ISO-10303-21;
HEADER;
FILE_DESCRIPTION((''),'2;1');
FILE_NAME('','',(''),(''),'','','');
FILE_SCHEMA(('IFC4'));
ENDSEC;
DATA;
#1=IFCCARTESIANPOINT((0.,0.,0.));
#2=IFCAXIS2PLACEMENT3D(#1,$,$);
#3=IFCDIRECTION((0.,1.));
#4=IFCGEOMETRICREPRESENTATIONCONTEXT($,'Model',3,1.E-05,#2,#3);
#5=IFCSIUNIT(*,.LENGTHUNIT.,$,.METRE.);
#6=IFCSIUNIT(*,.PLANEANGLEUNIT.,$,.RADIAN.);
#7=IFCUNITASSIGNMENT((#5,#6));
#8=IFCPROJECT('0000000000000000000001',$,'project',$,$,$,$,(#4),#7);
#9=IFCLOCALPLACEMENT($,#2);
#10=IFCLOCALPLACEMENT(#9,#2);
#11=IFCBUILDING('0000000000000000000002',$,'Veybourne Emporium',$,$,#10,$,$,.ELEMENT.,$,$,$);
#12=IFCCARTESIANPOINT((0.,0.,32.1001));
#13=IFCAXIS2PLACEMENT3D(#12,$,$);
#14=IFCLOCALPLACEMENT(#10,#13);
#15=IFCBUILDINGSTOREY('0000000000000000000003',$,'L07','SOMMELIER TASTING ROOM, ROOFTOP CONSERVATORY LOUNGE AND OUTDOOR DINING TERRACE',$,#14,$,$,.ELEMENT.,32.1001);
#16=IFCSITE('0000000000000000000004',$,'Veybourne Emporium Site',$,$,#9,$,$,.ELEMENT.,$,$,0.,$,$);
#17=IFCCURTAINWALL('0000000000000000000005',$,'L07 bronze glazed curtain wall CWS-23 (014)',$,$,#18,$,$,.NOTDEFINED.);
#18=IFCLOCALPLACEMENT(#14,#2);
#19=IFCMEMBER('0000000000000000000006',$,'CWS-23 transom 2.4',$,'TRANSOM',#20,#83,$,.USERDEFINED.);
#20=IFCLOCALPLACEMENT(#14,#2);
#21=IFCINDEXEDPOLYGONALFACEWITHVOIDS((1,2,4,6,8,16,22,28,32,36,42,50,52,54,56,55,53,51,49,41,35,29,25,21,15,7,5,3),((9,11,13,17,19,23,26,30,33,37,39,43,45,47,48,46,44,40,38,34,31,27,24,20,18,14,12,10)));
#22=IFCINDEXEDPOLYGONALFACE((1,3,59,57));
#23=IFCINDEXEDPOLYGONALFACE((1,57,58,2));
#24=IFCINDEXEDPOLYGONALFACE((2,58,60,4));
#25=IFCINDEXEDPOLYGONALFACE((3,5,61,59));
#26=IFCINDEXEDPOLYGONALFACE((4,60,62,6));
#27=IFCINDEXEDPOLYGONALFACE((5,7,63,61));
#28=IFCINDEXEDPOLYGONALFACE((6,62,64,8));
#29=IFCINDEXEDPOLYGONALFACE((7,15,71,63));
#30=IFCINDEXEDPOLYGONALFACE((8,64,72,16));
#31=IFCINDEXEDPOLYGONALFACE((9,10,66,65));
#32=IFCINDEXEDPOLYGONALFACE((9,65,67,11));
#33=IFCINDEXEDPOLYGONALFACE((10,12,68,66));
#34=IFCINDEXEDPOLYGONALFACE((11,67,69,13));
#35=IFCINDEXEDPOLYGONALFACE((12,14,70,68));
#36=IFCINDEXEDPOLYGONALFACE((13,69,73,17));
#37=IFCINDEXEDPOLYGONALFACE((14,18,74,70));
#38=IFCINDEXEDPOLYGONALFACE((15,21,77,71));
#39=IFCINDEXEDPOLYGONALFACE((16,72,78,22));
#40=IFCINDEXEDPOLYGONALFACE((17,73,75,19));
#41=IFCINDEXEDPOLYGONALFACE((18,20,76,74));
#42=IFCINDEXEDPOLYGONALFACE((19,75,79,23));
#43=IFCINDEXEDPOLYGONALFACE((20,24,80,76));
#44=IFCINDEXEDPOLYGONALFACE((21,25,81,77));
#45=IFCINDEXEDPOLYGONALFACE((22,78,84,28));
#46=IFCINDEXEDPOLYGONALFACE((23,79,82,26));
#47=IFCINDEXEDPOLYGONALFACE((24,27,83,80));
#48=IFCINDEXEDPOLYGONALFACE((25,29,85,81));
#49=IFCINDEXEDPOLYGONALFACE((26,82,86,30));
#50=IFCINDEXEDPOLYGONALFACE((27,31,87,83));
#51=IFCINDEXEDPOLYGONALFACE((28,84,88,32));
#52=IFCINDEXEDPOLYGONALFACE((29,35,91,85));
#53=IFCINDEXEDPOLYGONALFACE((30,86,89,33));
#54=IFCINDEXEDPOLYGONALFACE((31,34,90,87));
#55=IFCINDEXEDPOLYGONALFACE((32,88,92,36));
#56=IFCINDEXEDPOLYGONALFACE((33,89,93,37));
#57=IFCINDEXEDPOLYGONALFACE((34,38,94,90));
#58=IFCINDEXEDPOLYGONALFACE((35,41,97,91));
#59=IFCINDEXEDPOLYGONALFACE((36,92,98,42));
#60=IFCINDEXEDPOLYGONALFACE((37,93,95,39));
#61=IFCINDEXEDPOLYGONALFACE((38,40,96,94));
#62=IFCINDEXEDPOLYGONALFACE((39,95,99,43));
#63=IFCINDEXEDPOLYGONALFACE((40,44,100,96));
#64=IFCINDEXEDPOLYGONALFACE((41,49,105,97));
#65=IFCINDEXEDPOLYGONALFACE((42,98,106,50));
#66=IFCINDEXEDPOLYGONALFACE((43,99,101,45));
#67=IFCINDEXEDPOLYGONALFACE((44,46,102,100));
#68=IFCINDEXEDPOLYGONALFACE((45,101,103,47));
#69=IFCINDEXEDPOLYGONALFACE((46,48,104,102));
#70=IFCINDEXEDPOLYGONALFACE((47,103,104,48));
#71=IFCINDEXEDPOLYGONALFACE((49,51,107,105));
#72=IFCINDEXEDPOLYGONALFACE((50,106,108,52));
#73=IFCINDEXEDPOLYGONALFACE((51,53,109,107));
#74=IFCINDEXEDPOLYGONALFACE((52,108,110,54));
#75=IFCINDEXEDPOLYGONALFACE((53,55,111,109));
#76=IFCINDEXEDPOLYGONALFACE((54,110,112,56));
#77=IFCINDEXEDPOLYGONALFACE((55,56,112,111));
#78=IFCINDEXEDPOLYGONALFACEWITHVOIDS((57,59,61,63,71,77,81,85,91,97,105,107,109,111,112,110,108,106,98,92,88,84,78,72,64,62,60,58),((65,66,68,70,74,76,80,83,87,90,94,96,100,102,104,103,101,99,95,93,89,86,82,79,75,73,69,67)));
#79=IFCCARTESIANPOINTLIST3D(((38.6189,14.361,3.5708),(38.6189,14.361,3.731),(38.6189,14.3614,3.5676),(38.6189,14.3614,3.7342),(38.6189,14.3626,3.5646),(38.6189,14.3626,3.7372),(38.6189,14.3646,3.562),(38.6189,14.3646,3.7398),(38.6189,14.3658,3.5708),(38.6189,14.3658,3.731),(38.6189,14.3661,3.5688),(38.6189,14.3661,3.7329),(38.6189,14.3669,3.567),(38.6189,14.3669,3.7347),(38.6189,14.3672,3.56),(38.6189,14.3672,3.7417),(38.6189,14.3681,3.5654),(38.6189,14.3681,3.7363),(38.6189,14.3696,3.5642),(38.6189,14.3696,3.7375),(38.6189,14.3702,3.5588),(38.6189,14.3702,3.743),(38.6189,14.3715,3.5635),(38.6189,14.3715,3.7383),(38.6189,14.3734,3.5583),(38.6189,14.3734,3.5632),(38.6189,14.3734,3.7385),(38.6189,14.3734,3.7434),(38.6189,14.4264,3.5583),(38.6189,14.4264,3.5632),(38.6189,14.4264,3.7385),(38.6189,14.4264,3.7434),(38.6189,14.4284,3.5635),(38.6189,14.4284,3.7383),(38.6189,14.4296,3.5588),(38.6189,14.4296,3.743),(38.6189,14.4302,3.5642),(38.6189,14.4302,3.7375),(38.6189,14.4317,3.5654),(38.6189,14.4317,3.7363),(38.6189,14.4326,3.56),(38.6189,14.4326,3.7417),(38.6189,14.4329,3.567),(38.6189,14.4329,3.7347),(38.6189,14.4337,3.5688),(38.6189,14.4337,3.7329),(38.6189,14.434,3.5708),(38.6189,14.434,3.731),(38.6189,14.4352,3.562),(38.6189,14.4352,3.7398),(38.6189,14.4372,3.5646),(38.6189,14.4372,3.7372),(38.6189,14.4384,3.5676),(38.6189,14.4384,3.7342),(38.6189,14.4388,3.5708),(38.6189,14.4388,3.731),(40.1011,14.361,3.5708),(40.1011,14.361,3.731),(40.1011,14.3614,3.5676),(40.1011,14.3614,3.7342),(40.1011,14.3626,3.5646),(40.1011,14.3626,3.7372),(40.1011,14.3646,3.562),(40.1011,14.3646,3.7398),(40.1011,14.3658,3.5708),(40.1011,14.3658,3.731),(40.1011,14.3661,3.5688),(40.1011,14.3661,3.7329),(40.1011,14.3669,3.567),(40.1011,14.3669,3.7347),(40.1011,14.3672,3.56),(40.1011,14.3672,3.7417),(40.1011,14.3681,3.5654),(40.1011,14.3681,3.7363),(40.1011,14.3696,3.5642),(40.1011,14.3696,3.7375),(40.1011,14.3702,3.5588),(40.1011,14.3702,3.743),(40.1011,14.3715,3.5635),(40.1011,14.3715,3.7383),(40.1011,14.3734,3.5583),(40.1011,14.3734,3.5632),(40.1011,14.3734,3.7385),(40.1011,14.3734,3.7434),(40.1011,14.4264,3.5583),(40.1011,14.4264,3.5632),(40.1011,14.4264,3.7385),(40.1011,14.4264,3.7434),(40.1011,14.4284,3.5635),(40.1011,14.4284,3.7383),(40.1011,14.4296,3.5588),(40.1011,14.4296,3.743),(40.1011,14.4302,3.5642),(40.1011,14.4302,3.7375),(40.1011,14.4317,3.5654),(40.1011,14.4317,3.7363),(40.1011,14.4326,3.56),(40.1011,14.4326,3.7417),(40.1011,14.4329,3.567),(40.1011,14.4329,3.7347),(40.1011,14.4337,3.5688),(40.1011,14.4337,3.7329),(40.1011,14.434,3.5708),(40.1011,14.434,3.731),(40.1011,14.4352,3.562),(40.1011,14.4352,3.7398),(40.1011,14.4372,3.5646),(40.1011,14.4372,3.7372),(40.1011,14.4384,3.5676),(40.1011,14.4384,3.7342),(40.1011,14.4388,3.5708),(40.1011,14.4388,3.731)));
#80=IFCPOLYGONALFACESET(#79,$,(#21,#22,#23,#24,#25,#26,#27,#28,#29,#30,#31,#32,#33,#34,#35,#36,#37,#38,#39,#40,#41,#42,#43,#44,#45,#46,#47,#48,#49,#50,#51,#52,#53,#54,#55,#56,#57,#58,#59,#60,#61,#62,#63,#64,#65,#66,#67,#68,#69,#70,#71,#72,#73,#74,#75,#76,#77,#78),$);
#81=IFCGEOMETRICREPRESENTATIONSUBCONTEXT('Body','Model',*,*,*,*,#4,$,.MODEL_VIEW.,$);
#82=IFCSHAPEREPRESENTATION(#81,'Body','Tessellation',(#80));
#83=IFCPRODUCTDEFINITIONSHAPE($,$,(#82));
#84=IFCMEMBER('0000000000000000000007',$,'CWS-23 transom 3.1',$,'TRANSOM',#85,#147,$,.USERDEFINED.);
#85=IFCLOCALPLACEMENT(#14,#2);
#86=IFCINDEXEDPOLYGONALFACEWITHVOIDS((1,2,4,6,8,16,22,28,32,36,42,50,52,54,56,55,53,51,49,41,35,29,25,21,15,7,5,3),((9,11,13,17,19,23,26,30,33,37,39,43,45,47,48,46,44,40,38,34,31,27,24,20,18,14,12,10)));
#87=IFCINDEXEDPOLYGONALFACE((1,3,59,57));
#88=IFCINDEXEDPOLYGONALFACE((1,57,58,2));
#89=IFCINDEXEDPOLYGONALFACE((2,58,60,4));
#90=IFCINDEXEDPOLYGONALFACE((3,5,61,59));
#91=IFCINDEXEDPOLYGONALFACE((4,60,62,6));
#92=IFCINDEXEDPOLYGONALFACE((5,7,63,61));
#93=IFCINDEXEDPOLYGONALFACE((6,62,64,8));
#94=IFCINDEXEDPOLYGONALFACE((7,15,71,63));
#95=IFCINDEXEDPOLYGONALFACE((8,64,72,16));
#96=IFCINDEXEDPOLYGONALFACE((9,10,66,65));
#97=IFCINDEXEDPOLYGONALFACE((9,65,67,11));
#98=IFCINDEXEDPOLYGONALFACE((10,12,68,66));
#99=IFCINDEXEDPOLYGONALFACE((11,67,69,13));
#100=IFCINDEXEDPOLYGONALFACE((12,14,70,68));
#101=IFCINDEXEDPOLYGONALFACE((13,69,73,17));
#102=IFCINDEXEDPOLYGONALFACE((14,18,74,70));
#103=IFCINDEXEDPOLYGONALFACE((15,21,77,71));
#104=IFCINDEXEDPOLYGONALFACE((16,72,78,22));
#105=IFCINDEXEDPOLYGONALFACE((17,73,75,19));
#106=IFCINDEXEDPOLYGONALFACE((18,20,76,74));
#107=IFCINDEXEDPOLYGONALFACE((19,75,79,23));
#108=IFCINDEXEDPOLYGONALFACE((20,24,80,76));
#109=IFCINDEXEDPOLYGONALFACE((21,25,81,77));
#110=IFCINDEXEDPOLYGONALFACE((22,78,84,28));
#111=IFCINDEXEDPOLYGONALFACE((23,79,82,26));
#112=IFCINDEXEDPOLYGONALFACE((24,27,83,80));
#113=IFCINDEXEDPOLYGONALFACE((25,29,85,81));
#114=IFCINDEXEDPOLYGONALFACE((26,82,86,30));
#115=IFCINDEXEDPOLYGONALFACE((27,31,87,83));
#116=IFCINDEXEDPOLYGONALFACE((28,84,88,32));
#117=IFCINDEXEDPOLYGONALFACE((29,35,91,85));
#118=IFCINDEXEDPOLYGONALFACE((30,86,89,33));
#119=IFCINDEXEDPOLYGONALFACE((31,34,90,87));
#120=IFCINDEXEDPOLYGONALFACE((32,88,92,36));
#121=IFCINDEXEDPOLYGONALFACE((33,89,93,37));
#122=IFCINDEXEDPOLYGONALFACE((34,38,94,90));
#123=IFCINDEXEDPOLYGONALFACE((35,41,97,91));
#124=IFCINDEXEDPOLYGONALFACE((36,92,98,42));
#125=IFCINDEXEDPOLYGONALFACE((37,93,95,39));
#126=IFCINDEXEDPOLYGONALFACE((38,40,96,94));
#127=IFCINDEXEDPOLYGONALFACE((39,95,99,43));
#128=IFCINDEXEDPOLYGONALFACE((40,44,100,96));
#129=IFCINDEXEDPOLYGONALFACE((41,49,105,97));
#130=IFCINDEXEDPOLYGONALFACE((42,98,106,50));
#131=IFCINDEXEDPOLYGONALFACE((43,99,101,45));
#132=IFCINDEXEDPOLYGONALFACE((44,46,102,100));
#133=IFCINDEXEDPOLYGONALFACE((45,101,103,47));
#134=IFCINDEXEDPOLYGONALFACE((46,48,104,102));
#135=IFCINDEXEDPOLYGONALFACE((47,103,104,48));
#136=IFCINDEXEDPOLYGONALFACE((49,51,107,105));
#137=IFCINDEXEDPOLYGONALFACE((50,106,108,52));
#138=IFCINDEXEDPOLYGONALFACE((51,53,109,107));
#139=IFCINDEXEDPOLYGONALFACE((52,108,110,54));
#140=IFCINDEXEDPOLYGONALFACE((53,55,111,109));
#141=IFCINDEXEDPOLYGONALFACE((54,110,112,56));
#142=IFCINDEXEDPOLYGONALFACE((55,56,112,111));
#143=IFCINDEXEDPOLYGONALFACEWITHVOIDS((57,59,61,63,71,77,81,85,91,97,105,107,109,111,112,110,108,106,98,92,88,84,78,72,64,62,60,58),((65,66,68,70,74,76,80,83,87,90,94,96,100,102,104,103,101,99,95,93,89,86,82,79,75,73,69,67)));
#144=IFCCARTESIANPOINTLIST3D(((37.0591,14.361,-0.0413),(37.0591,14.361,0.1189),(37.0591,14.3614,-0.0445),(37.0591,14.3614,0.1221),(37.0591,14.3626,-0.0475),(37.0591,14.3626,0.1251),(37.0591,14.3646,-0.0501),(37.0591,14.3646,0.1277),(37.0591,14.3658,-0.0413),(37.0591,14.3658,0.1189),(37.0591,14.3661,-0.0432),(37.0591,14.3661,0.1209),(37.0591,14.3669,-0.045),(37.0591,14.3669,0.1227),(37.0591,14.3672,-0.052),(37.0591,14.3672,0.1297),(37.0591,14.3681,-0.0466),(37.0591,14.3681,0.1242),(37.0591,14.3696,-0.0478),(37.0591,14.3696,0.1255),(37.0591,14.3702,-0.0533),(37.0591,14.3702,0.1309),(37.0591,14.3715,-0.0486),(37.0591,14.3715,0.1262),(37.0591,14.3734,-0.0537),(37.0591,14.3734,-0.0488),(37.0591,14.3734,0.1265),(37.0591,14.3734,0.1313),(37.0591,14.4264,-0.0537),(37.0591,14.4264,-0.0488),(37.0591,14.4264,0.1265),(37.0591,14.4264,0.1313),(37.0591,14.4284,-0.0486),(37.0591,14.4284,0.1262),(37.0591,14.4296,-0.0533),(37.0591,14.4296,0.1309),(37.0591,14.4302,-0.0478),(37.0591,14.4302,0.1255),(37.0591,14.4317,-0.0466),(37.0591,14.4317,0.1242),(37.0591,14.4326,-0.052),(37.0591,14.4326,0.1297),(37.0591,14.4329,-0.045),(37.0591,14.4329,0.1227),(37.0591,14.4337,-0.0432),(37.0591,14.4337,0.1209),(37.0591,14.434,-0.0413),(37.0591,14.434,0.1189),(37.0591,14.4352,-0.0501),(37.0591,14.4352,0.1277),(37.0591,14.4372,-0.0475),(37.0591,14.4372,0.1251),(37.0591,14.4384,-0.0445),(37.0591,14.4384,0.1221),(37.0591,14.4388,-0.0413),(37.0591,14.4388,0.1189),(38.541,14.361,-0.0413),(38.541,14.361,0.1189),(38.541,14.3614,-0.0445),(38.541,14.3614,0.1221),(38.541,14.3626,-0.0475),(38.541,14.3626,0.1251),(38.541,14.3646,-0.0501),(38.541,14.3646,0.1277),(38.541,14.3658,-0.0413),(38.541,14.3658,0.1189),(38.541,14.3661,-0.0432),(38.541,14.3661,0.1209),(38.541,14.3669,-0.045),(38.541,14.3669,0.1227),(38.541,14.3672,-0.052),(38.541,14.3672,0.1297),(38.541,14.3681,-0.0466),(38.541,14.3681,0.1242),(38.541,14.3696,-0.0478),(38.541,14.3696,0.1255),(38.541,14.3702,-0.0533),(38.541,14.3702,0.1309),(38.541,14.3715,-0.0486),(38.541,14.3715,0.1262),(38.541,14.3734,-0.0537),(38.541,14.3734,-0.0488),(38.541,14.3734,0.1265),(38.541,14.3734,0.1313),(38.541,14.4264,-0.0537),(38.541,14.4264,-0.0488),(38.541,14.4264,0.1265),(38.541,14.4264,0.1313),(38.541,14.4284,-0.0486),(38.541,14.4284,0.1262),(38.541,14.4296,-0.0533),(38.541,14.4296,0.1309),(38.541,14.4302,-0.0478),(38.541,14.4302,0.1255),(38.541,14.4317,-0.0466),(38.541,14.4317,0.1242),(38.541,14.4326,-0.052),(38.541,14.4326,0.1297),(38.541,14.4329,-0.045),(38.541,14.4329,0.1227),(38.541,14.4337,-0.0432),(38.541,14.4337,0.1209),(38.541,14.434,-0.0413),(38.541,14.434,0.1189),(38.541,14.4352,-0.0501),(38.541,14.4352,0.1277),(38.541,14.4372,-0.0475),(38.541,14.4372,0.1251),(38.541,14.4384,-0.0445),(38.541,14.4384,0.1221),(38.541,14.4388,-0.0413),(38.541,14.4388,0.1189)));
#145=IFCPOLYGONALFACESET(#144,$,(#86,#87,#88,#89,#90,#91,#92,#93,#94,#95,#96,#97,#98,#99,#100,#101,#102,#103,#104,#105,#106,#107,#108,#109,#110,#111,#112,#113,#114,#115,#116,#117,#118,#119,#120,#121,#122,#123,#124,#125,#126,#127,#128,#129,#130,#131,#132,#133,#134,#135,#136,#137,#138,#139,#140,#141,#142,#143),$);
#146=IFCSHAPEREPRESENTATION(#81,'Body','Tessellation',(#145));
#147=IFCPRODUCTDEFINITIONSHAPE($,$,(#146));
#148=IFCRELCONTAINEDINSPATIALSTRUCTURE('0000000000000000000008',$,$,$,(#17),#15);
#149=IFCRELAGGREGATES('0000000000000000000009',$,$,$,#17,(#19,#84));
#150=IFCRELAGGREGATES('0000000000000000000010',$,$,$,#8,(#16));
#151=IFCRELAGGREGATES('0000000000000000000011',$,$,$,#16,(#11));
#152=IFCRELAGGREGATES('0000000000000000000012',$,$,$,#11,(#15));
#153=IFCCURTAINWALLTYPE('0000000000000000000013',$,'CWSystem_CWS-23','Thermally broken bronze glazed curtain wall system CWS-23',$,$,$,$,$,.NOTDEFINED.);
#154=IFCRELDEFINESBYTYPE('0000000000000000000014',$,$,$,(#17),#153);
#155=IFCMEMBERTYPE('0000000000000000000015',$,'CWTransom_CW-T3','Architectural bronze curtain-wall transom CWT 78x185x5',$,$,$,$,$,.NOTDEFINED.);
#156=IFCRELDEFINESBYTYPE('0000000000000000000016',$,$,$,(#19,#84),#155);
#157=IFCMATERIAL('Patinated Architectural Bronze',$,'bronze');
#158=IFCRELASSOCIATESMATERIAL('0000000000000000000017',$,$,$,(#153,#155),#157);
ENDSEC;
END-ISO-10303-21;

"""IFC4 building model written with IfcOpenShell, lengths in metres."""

from ifc_helpers import new_model, si_unit, direction, frame, origin, origin_2d, place, context, subcontext, project, spatial, hollow_rectangle, extrude, material, material_profile, profile_set, type_object, element, aggregate, save


model = new_model("IFC4")

# Units and contexts
model_context = context("Model", 3, precision=1e-05, world=origin(), true_north=direction((0.0, 1.0)))
body_context = subcontext(model_context, "Body", "Model", "MODEL_VIEW")
ifc_project = project(units=[si_unit("LENGTHUNIT", "METRE"), si_unit("PLANEANGLEUNIT", "RADIAN")], contexts=[model_context])

# Site, building, storey
site_placement = place(None, origin())
site = spatial("IfcSite", under=ifc_project, at=site_placement, Name="Veybourne Emporium Site", CompositionType="ELEMENT", RefElevation=0.0)
building_placement = place(site_placement, origin())
building = spatial("IfcBuilding", under=site, at=building_placement, Name="Veybourne Emporium", CompositionType="ELEMENT")
storey_placement = place(building_placement, frame((0.0, 0.0, 32.1001)))
storey = spatial("IfcBuildingStorey", under=building, at=storey_placement, Name="L07", Description="SOMMELIER TASTING ROOM, ROOFTOP CONSERVATORY LOUNGE AND OUTDOOR DINING TERRACE", CompositionType="ELEMENT", Elevation=32.1001)

# Curtain wall
ifc_material_1 = material(Name="Patinated Architectural Bronze", Category="bronze")
curtain_wall_type_1 = type_object("IfcCurtainWallType", Name="CWSystem_CWS-23", Description="Thermally broken bronze glazed curtain wall system CWS-23", PredefinedType="NOTDEFINED", material=ifc_material_1)
curtain_wall_1_placement = place(storey_placement, origin())
curtain_wall_1 = element("IfcCurtainWall", 1, at=curtain_wall_1_placement, inside=storey, type_object=curtain_wall_type_1, Name="L07 bronze glazed curtain wall CWS-23 (014)", PredefinedType="NOTDEFINED")

# Members
ifc_material_profile_1 = material_profile(ifc_material_1, hollow_rectangle(XDim=0.0779, YDim=0.1851, WallThickness=0.0049, InnerFilletRadius=0.0076, OuterFilletRadius=0.0125, at=origin_2d()), Name="CWT 78x185x5")
ifc_profile_set_1 = profile_set([ifc_material_profile_1], Name="Patinated Architectural Bronze")
member_type_1 = type_object("IfcMemberType", Name="CWTransom_CW-T3", Description="Architectural bronze curtain-wall transom CWT 78x185x5", PredefinedType="NOTDEFINED", material=ifc_profile_set_1)
member_1_placement = place(storey_placement, frame((40.1011, 14.3999, 3.6509), z_axis=(-1.0, 0.0, 0.0), x_axis=(0.0, -1.0, 0.0)))
member_1 = element("IfcMember", 2, at=member_1_placement, type_object=member_type_1, Name="CWS-23 transom 2.4", ObjectType="TRANSOM", PredefinedType="USERDEFINED", context=body_context, shape_type="SweptSolid", body=[
    extrude(hollow_rectangle(XDim=0.0779, YDim=0.1851, WallThickness=0.0049, InnerFilletRadius=0.0076, OuterFilletRadius=0.0125, at=origin_2d()), origin(), (0.0, 0.0, 1.0), 1.4822),
])
member_2_placement = place(storey_placement, frame((38.541, 14.3999, 0.0388), z_axis=(-1.0, 0.0, 0.0), x_axis=(0.0, -1.0, 0.0)))
member_2 = element("IfcMember", 3, at=member_2_placement, type_object=member_type_1, Name="CWS-23 transom 3.1", ObjectType="TRANSOM", PredefinedType="USERDEFINED", context=body_context, shape_type="SweptSolid", body=[
    extrude(hollow_rectangle(XDim=0.0779, YDim=0.1851, WallThickness=0.0049, InnerFilletRadius=0.0076, OuterFilletRadius=0.0125, at=origin_2d()), origin(), (0.0, 0.0, 1.0), 1.4819),
])

aggregate(curtain_wall_1, [member_1, member_2])

save(model, "model.ifc")
